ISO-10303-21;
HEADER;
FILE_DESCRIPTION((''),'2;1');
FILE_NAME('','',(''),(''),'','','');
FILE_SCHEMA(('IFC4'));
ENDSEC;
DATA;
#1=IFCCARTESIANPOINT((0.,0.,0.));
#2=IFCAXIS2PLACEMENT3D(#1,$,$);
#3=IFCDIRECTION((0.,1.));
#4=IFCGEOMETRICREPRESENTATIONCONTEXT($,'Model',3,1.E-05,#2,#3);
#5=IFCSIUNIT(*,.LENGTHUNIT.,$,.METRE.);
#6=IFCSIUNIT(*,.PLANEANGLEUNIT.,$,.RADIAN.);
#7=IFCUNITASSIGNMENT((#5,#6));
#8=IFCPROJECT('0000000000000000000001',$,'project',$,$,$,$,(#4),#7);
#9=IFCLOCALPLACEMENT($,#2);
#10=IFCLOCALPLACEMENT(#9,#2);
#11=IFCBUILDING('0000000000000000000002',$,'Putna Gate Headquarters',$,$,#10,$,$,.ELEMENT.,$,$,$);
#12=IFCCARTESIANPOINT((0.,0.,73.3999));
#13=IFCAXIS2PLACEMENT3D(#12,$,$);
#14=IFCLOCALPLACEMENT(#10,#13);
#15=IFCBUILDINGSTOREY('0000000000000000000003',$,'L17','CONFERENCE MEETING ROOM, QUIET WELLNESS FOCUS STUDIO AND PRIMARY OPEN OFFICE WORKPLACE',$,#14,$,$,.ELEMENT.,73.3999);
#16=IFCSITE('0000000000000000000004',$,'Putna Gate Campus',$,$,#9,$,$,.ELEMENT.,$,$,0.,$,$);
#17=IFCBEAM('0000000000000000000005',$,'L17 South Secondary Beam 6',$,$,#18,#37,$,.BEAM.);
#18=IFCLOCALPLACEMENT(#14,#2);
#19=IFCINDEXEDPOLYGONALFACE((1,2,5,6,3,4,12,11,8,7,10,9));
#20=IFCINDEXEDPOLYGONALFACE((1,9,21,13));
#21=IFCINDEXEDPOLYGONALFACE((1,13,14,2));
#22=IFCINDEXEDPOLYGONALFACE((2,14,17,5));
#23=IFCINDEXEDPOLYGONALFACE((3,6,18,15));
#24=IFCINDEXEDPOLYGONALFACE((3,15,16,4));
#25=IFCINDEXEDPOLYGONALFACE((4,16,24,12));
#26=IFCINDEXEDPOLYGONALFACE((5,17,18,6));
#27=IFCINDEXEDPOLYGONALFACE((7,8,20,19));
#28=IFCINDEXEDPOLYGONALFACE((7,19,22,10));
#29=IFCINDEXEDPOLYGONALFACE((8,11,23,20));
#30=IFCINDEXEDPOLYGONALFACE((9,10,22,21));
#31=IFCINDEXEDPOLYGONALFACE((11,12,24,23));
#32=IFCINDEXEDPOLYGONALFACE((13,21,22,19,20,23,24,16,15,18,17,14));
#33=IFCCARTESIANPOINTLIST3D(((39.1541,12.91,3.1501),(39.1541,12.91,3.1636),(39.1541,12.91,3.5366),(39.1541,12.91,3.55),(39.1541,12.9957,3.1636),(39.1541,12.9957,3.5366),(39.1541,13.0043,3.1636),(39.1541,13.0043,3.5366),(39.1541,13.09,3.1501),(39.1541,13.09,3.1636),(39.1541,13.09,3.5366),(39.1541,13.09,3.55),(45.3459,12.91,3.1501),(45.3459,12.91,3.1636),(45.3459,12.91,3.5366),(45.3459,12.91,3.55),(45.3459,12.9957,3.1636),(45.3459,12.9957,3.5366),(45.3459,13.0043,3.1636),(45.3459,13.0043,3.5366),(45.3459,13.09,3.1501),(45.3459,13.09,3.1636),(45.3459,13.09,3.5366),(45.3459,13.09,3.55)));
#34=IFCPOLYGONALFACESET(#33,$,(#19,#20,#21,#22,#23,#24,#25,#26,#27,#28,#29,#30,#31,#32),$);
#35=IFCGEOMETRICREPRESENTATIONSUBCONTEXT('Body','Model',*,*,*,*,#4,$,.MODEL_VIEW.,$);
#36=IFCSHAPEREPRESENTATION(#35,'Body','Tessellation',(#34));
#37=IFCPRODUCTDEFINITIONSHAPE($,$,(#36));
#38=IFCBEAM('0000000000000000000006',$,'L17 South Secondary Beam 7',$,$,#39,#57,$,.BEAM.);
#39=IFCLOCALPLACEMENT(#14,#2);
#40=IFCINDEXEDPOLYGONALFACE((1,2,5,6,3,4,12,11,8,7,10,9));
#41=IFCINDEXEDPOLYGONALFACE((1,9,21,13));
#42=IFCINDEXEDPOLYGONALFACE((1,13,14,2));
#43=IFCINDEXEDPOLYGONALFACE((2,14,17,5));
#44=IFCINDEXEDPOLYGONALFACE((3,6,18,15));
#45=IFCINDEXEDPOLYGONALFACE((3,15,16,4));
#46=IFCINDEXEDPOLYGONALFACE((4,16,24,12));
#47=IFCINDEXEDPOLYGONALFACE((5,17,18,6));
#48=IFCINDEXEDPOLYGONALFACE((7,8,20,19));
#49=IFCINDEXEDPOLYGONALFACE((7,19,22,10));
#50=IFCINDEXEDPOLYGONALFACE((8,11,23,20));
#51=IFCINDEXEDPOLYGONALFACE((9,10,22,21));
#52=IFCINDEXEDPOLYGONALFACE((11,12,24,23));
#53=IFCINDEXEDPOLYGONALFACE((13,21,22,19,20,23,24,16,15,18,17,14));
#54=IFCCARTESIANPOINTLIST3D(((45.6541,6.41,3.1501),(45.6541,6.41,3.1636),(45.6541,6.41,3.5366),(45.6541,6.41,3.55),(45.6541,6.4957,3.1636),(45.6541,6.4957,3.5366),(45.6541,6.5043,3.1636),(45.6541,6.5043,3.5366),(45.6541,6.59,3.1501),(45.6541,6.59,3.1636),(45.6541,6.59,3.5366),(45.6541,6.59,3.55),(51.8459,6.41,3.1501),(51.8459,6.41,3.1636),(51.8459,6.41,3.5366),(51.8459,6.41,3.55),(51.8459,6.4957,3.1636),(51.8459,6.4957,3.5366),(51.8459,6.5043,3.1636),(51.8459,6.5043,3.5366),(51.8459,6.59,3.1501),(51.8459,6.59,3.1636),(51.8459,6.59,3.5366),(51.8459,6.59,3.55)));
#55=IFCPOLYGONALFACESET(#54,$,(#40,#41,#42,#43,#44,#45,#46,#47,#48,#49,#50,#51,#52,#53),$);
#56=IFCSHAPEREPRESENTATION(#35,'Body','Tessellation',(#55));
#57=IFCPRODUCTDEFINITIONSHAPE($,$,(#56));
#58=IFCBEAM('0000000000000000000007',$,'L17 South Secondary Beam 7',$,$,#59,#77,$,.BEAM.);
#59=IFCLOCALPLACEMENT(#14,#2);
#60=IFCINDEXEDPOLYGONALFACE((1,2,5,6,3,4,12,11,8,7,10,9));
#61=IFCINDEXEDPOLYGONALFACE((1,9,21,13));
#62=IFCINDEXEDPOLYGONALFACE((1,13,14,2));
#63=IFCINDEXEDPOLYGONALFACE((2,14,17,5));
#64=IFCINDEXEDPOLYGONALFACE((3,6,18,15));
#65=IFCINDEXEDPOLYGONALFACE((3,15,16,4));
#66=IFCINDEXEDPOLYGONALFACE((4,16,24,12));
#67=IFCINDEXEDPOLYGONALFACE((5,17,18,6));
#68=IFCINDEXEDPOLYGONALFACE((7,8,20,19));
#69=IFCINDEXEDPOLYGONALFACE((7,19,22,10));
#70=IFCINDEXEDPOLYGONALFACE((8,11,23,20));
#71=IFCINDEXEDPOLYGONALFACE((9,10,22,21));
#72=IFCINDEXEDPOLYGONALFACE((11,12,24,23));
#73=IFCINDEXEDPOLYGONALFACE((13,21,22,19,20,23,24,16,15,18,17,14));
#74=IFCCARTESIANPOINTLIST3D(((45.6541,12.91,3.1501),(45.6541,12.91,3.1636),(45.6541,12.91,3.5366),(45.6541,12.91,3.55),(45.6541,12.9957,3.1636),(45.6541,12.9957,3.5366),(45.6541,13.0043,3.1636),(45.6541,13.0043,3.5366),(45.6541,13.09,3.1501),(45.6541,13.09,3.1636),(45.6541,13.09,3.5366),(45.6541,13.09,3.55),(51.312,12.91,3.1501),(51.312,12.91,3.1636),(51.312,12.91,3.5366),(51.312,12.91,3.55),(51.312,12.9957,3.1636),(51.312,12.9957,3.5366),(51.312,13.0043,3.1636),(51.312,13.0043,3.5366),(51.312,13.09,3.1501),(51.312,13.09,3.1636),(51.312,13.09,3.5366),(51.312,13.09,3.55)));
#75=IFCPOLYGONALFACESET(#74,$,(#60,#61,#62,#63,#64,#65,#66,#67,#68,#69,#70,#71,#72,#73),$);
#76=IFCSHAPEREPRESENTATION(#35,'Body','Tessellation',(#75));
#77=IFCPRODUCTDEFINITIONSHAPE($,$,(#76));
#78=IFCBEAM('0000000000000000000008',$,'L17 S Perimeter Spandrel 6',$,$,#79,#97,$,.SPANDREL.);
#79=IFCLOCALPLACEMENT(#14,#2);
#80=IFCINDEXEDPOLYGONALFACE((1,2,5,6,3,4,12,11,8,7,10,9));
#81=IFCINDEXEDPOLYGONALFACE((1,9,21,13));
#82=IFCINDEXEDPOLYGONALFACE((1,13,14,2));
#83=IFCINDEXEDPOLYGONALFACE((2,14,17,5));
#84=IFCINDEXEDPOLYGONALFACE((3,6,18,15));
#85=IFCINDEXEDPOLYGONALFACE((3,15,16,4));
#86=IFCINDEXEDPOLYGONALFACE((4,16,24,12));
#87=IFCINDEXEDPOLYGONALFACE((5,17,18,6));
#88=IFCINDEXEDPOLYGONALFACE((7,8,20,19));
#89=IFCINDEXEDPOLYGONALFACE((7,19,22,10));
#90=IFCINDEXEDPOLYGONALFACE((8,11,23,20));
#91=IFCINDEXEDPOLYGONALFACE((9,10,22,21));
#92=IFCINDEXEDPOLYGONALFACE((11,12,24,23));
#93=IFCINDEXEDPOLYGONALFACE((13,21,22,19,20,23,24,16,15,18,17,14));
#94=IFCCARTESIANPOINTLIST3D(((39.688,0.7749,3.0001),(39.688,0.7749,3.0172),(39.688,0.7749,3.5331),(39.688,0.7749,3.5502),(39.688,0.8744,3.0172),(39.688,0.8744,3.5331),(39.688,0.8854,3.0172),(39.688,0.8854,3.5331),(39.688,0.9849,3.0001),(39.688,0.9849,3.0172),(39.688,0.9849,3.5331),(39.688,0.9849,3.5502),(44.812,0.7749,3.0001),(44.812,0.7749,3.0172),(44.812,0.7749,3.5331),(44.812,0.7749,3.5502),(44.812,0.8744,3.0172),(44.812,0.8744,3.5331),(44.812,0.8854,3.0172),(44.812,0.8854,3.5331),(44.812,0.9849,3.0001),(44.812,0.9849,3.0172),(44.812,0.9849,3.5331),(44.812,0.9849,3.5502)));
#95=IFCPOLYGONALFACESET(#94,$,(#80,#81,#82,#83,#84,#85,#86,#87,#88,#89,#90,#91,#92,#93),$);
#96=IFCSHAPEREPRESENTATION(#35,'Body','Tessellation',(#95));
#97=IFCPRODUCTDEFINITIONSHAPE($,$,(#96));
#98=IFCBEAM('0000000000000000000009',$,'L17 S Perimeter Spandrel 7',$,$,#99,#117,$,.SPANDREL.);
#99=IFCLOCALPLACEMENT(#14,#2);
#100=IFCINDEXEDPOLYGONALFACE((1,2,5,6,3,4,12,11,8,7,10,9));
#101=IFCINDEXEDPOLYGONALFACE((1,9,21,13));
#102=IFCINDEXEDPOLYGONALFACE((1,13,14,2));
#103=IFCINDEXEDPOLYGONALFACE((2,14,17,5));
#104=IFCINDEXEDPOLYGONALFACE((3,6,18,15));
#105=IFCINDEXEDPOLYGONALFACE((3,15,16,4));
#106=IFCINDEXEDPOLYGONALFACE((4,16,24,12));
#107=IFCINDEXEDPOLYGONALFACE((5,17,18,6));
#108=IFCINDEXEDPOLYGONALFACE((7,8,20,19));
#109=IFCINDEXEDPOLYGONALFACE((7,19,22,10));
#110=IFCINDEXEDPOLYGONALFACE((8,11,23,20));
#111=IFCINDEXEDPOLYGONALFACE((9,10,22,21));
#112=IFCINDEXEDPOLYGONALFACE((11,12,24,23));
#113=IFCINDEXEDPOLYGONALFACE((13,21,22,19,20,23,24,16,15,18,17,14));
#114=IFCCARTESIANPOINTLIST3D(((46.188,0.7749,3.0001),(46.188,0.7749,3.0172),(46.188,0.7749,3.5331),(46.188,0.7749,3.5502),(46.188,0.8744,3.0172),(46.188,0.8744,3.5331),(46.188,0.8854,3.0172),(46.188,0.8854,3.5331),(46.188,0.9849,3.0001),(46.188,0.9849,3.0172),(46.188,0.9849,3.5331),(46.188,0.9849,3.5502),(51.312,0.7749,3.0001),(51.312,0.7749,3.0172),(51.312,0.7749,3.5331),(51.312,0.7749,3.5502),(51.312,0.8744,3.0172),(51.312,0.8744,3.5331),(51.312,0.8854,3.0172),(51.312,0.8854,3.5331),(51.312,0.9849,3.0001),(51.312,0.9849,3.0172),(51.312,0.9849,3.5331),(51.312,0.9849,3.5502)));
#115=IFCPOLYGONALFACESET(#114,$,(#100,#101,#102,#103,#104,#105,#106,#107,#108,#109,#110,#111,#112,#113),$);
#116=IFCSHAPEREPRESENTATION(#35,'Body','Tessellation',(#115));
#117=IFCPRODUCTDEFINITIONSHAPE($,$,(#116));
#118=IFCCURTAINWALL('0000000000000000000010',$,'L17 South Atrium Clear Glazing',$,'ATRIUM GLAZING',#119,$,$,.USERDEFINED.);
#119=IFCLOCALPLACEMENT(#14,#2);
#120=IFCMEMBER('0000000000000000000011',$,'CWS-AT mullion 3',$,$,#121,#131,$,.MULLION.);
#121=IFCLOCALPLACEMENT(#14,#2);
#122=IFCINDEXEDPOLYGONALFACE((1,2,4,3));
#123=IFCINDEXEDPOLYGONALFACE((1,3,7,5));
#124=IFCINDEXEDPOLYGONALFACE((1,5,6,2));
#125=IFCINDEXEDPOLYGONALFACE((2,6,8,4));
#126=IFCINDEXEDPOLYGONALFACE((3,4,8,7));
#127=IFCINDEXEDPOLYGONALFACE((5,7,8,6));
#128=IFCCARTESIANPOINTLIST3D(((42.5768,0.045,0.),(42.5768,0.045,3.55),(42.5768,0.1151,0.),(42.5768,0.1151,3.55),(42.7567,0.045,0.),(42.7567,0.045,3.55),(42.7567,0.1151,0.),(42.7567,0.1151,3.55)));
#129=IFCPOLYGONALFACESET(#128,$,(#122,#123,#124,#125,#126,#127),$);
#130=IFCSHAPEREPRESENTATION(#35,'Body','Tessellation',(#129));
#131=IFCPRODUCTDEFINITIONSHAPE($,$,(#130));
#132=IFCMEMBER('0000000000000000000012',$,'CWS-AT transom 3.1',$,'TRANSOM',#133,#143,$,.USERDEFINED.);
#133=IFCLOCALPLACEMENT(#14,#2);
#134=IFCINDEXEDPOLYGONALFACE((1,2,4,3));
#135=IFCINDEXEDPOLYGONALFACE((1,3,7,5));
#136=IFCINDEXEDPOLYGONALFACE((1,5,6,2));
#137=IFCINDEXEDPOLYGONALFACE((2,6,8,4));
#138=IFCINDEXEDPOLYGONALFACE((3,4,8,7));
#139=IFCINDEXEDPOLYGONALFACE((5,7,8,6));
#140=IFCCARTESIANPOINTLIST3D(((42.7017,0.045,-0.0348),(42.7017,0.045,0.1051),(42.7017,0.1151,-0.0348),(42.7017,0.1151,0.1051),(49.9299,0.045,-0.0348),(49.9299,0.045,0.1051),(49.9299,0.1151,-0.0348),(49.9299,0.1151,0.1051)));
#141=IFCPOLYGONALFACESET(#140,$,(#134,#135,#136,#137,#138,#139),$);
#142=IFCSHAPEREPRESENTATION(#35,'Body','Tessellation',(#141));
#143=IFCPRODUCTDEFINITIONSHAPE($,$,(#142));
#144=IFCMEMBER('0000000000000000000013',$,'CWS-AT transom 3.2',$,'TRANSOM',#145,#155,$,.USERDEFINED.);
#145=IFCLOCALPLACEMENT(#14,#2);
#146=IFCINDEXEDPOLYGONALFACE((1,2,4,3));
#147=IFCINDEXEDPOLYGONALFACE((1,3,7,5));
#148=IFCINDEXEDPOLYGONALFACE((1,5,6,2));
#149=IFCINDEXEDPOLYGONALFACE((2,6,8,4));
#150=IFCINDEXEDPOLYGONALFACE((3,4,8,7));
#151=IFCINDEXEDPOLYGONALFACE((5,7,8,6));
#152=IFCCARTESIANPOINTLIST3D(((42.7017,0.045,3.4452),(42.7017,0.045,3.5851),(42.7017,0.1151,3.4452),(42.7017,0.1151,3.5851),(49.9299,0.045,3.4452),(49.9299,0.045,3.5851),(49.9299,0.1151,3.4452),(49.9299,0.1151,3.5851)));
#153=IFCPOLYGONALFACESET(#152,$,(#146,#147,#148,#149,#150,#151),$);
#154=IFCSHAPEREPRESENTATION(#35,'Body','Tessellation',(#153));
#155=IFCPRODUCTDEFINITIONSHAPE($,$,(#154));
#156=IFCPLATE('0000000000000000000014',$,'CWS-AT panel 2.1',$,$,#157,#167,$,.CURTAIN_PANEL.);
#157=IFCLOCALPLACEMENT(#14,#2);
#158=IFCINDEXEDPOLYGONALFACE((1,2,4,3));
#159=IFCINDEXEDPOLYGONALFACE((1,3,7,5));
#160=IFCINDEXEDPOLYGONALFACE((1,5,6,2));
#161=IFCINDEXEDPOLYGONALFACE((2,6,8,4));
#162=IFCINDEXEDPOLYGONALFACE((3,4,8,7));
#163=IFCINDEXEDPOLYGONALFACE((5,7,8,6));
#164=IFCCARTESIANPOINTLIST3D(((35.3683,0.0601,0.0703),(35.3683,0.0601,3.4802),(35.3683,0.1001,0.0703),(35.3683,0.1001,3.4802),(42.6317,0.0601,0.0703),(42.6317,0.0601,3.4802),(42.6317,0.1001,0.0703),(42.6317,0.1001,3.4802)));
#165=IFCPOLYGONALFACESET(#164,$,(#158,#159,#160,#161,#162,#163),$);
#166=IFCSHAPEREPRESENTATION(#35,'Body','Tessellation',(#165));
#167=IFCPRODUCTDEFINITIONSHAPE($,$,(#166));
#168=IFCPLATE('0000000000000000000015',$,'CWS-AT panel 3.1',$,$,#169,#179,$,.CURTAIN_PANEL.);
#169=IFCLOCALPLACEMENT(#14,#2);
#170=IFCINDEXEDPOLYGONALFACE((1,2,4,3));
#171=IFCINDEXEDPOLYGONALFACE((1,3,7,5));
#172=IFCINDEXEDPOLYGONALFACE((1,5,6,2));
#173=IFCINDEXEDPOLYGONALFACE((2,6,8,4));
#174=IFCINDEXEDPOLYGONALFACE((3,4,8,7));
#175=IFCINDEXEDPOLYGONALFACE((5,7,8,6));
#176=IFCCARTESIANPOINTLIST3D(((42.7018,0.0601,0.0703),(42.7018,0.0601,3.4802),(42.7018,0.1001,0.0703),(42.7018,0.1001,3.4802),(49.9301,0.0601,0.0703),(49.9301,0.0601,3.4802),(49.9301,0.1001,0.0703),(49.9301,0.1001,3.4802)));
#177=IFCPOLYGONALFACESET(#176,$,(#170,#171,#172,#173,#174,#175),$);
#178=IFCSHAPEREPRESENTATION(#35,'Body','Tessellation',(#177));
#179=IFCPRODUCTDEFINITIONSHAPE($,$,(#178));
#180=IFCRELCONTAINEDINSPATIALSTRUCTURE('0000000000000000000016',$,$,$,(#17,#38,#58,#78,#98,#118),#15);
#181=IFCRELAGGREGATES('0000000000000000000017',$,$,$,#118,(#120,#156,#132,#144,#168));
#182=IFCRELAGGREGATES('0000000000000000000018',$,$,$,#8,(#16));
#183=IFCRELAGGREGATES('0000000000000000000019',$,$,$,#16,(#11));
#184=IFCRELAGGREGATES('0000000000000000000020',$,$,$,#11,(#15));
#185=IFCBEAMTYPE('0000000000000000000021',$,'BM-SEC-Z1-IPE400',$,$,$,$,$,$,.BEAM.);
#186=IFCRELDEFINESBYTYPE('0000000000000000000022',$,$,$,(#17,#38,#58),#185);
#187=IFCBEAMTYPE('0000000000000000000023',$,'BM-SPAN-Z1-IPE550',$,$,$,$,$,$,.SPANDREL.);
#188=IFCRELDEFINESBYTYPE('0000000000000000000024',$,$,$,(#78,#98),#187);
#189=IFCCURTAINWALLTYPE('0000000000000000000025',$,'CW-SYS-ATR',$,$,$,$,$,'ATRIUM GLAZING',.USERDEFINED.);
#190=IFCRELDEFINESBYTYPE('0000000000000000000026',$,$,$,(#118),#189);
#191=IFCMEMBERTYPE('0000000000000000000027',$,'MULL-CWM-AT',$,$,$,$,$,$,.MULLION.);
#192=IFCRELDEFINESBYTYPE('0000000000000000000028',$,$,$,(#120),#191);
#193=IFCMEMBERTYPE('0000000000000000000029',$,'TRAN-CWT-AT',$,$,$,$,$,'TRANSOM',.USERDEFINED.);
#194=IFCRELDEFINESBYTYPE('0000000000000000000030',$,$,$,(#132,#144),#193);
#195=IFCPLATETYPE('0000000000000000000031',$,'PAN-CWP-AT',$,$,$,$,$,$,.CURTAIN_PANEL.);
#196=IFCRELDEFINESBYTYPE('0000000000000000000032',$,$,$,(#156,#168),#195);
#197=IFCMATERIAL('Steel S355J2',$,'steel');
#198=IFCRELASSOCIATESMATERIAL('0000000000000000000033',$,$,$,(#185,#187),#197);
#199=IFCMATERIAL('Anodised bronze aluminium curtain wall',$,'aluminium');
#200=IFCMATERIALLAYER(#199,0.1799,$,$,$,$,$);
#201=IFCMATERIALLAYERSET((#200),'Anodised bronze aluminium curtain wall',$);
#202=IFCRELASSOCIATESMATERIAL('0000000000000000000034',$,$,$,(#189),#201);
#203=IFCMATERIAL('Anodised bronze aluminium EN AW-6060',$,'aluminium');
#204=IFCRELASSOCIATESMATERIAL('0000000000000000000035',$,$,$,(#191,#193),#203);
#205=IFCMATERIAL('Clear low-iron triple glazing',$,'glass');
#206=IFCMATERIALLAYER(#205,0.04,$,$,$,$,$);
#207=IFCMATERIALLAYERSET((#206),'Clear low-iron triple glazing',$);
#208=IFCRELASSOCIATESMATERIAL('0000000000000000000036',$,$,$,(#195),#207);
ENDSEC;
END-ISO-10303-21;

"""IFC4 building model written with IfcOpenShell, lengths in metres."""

from ifc_helpers import new_model, si_unit, direction, frame, origin, origin_2d, place, context, subcontext, project, spatial, rectangle, i_section, extrude, material, layer, layer_set, material_profile, profile_set, type_object, element, aggregate, save


model = new_model("IFC4")

# Units and contexts
model_context = context("Model", 3, precision=1e-05, world=origin(), true_north=direction((0.0, 1.0)))
body_context = subcontext(model_context, "Body", "Model", "MODEL_VIEW")
ifc_project = project(units=[si_unit("LENGTHUNIT", "METRE"), si_unit("PLANEANGLEUNIT", "RADIAN")], contexts=[model_context])

# Site, building, storey
site_placement = place(None, origin())
site = spatial("IfcSite", under=ifc_project, at=site_placement, Name="Putna Gate Campus", CompositionType="ELEMENT", RefElevation=0.0)
building_placement = place(site_placement, origin())
building = spatial("IfcBuilding", under=site, at=building_placement, Name="Putna Gate Headquarters", CompositionType="ELEMENT")
storey_placement = place(building_placement, frame((0.0, 0.0, 73.3999)))
storey = spatial("IfcBuildingStorey", under=building, at=storey_placement, Name="L17", Description="CONFERENCE MEETING ROOM, QUIET WELLNESS FOCUS STUDIO AND PRIMARY OPEN OFFICE WORKPLACE", CompositionType="ELEMENT", Elevation=73.3999)

# Beams
ifc_material_1 = material(Name="Steel S355J2", Category="steel")
ifc_material_profile_1 = material_profile(ifc_material_1, i_section(OverallWidth=0.1799, OverallDepth=0.3999, WebThickness=0.0085, FlangeThickness=0.0134, at=origin_2d()), Name="Steel S355J2")
ifc_profile_set_1 = profile_set([ifc_material_profile_1], Name="Steel S355J2")
beam_type_1 = type_object("IfcBeamType", Name="BM-SEC-Z1-IPE400", PredefinedType="BEAM", material=ifc_profile_set_1)
for number, where, z_axis, x_axis, name in (
    (1, (39.1541, 13.0, 3.3501), (1.0, 0.0, 0.0), (0.0, 1.0, 0.0), "L17 South Secondary Beam 6"),
    (2, (45.6541, 6.5, 3.3501), (1.0, 0.0, 0.0), (0.0, 1.0, 0.0), "L17 South Secondary Beam 7"),
):
    element("IfcBeam", number, at=place(storey_placement, frame(where, z_axis=z_axis, x_axis=x_axis)), inside=storey, type_object=beam_type_1, Name=name, PredefinedType="BEAM", context=body_context, shape_type="SweptSolid", body=[
        extrude(i_section(OverallWidth=0.1799, OverallDepth=0.3999, WebThickness=0.0085, FlangeThickness=0.0134, at=origin_2d()), origin(), (0.0, 0.0, 1.0), 6.1919),
    ])
beam_1_placement = place(storey_placement, frame((45.6541, 13.0, 3.3501), z_axis=(1.0, 0.0, 0.0), x_axis=(0.0, 1.0, 0.0)))
element("IfcBeam", 3, at=beam_1_placement, inside=storey, type_object=beam_type_1, Name="L17 South Secondary Beam 7", PredefinedType="BEAM", context=body_context, shape_type="SweptSolid", body=[
    extrude(i_section(OverallWidth=0.1799, OverallDepth=0.3999, WebThickness=0.0085, FlangeThickness=0.0134, at=origin_2d()), origin(), (0.0, 0.0, 1.0), 5.658),
])
ifc_material_profile_2 = material_profile(ifc_material_1, i_section(OverallWidth=0.21, OverallDepth=0.55, WebThickness=0.011, FlangeThickness=0.0171, at=origin_2d()), Name="Steel S355J2")
ifc_profile_set_2 = profile_set([ifc_material_profile_2], Name="Steel S355J2")
beam_type_2 = type_object("IfcBeamType", Name="BM-SPAN-Z1-IPE550", PredefinedType="SPANDREL", material=ifc_profile_set_2)
for number, where, z_axis, x_axis, name in (
    (4, (39.688, 0.8799, 3.2751), (1.0, 0.0, 0.0), (0.0, 1.0, 0.0), "L17 S Perimeter Spandrel 6"),
    (5, (46.188, 0.8799, 3.2751), (1.0, 0.0, 0.0), (0.0, 1.0, 0.0), "L17 S Perimeter Spandrel 7"),
):
    element("IfcBeam", number, at=place(storey_placement, frame(where, z_axis=z_axis, x_axis=x_axis)), inside=storey, type_object=beam_type_2, Name=name, PredefinedType="SPANDREL", context=body_context, shape_type="SweptSolid", body=[
        extrude(i_section(OverallWidth=0.21, OverallDepth=0.55, WebThickness=0.011, FlangeThickness=0.0171, at=origin_2d()), origin(), (0.0, 0.0, 1.0), 5.124),
    ])

# Curtain wall, members, plates
ifc_material_2 = material(Name="Anodised bronze aluminium curtain wall", Category="aluminium")
ifc_layer_1 = layer(ifc_material_2, 0.1799)
ifc_layer_set_1 = layer_set([ifc_layer_1], Name="Anodised bronze aluminium curtain wall")
curtain_wall_type = type_object("IfcCurtainWallType", Name="CW-SYS-ATR", ElementType="ATRIUM GLAZING", PredefinedType="USERDEFINED", material=ifc_layer_set_1)
curtain_wall_placement = place(storey_placement, origin())
curtain_wall = element("IfcCurtainWall", 6, at=curtain_wall_placement, inside=storey, type_object=curtain_wall_type, Name="L17 South Atrium Clear Glazing", ObjectType="ATRIUM GLAZING", PredefinedType="USERDEFINED")
ifc_material_3 = material(Name="Anodised bronze aluminium EN AW-6060", Category="aluminium")
ifc_material_profile_3 = material_profile(ifc_material_3, rectangle(XDim=0.0701, YDim=0.1799, at=origin_2d()), Name="Anodised bronze aluminium EN AW-6060")
ifc_profile_set_3 = profile_set([ifc_material_profile_3], Name="Anodised bronze aluminium EN AW-6060")
member_type_1 = type_object("IfcMemberType", Name="MULL-CWM-AT", PredefinedType="MULLION", material=ifc_profile_set_3)
member_1_placement = place(storey_placement, frame((42.6667, 0.0801, 0.0), z_axis=(0.0, 0.0, 1.0), x_axis=(0.0, 1.0, 0.0)))
member_1 = element("IfcMember", 7, at=member_1_placement, type_object=member_type_1, Name="CWS-AT mullion 3", PredefinedType="MULLION", context=body_context, shape_type="SweptSolid", body=[
    extrude(rectangle(XDim=0.0701, YDim=0.1799, at=origin_2d()), origin(), (0.0, 0.0, 1.0), 3.55),
])
ifc_material_profile_4 = material_profile(ifc_material_3, rectangle(XDim=0.0701, YDim=0.1399, at=origin_2d()), Name="Anodised bronze aluminium EN AW-6060")
ifc_profile_set_4 = profile_set([ifc_material_profile_4], Name="Anodised bronze aluminium EN AW-6060")
member_type_2 = type_object("IfcMemberType", Name="TRAN-CWT-AT", ElementType="TRANSOM", PredefinedType="USERDEFINED", material=ifc_profile_set_4)
member_2_placement = place(storey_placement, frame((42.7017, 0.0801, 0.0352), z_axis=(1.0, 0.0, 0.0), x_axis=(0.0, 1.0, 0.0)))
member_2 = element("IfcMember", 8, at=member_2_placement, type_object=member_type_2, Name="CWS-AT transom 3.1", ObjectType="TRANSOM", PredefinedType="USERDEFINED", context=body_context, shape_type="SweptSolid", body=[
    extrude(rectangle(XDim=0.0701, YDim=0.1399, at=origin_2d()), origin(), (0.0, 0.0, 1.0), 7.2283),
])
member_3_placement = place(storey_placement, frame((42.7017, 0.0801, 3.5151), z_axis=(1.0, 0.0, 0.0), x_axis=(0.0, 1.0, 0.0)))
member_3 = element("IfcMember", 9, at=member_3_placement, type_object=member_type_2, Name="CWS-AT transom 3.2", ObjectType="TRANSOM", PredefinedType="USERDEFINED", context=body_context, shape_type="SweptSolid", body=[
    extrude(rectangle(XDim=0.0701, YDim=0.1399, at=origin_2d()), origin(), (0.0, 0.0, 1.0), 7.2283),
])
ifc_material_4 = material(Name="Clear low-iron triple glazing", Category="glass")
ifc_layer_2 = layer(ifc_material_4, 0.04)
ifc_layer_set_2 = layer_set([ifc_layer_2], Name="Clear low-iron triple glazing")
plate_type = type_object("IfcPlateType", Name="PAN-CWP-AT", PredefinedType="CURTAIN_PANEL", material=ifc_layer_set_2)
plate_1_placement = place(storey_placement, frame((39.0, 0.0801, 0.0703), z_axis=(0.0, 0.0, 1.0), x_axis=(1.0, 0.0, 0.0)))
plate_1 = element("IfcPlate", 10, at=plate_1_placement, type_object=plate_type, Name="CWS-AT panel 2.1", PredefinedType="CURTAIN_PANEL", context=body_context, shape_type="SweptSolid", body=[
    extrude(rectangle(XDim=7.2634, YDim=0.04, at=origin_2d()), origin(), (0.0, 0.0, 1.0), 3.4099),
])
plate_2_placement = place(storey_placement, frame((46.3159, 0.0801, 0.0703), z_axis=(0.0, 0.0, 1.0), x_axis=(1.0, 0.0, 0.0)))
plate_2 = element("IfcPlate", 11, at=plate_2_placement, type_object=plate_type, Name="CWS-AT panel 3.1", PredefinedType="CURTAIN_PANEL", context=body_context, shape_type="SweptSolid", body=[
    extrude(rectangle(XDim=7.2283, YDim=0.04, at=origin_2d()), origin(), (0.0, 0.0, 1.0), 3.4099),
])
aggregate(curtain_wall, [member_1, plate_1, member_2, member_3, plate_2])

save(model, "model.ifc")
